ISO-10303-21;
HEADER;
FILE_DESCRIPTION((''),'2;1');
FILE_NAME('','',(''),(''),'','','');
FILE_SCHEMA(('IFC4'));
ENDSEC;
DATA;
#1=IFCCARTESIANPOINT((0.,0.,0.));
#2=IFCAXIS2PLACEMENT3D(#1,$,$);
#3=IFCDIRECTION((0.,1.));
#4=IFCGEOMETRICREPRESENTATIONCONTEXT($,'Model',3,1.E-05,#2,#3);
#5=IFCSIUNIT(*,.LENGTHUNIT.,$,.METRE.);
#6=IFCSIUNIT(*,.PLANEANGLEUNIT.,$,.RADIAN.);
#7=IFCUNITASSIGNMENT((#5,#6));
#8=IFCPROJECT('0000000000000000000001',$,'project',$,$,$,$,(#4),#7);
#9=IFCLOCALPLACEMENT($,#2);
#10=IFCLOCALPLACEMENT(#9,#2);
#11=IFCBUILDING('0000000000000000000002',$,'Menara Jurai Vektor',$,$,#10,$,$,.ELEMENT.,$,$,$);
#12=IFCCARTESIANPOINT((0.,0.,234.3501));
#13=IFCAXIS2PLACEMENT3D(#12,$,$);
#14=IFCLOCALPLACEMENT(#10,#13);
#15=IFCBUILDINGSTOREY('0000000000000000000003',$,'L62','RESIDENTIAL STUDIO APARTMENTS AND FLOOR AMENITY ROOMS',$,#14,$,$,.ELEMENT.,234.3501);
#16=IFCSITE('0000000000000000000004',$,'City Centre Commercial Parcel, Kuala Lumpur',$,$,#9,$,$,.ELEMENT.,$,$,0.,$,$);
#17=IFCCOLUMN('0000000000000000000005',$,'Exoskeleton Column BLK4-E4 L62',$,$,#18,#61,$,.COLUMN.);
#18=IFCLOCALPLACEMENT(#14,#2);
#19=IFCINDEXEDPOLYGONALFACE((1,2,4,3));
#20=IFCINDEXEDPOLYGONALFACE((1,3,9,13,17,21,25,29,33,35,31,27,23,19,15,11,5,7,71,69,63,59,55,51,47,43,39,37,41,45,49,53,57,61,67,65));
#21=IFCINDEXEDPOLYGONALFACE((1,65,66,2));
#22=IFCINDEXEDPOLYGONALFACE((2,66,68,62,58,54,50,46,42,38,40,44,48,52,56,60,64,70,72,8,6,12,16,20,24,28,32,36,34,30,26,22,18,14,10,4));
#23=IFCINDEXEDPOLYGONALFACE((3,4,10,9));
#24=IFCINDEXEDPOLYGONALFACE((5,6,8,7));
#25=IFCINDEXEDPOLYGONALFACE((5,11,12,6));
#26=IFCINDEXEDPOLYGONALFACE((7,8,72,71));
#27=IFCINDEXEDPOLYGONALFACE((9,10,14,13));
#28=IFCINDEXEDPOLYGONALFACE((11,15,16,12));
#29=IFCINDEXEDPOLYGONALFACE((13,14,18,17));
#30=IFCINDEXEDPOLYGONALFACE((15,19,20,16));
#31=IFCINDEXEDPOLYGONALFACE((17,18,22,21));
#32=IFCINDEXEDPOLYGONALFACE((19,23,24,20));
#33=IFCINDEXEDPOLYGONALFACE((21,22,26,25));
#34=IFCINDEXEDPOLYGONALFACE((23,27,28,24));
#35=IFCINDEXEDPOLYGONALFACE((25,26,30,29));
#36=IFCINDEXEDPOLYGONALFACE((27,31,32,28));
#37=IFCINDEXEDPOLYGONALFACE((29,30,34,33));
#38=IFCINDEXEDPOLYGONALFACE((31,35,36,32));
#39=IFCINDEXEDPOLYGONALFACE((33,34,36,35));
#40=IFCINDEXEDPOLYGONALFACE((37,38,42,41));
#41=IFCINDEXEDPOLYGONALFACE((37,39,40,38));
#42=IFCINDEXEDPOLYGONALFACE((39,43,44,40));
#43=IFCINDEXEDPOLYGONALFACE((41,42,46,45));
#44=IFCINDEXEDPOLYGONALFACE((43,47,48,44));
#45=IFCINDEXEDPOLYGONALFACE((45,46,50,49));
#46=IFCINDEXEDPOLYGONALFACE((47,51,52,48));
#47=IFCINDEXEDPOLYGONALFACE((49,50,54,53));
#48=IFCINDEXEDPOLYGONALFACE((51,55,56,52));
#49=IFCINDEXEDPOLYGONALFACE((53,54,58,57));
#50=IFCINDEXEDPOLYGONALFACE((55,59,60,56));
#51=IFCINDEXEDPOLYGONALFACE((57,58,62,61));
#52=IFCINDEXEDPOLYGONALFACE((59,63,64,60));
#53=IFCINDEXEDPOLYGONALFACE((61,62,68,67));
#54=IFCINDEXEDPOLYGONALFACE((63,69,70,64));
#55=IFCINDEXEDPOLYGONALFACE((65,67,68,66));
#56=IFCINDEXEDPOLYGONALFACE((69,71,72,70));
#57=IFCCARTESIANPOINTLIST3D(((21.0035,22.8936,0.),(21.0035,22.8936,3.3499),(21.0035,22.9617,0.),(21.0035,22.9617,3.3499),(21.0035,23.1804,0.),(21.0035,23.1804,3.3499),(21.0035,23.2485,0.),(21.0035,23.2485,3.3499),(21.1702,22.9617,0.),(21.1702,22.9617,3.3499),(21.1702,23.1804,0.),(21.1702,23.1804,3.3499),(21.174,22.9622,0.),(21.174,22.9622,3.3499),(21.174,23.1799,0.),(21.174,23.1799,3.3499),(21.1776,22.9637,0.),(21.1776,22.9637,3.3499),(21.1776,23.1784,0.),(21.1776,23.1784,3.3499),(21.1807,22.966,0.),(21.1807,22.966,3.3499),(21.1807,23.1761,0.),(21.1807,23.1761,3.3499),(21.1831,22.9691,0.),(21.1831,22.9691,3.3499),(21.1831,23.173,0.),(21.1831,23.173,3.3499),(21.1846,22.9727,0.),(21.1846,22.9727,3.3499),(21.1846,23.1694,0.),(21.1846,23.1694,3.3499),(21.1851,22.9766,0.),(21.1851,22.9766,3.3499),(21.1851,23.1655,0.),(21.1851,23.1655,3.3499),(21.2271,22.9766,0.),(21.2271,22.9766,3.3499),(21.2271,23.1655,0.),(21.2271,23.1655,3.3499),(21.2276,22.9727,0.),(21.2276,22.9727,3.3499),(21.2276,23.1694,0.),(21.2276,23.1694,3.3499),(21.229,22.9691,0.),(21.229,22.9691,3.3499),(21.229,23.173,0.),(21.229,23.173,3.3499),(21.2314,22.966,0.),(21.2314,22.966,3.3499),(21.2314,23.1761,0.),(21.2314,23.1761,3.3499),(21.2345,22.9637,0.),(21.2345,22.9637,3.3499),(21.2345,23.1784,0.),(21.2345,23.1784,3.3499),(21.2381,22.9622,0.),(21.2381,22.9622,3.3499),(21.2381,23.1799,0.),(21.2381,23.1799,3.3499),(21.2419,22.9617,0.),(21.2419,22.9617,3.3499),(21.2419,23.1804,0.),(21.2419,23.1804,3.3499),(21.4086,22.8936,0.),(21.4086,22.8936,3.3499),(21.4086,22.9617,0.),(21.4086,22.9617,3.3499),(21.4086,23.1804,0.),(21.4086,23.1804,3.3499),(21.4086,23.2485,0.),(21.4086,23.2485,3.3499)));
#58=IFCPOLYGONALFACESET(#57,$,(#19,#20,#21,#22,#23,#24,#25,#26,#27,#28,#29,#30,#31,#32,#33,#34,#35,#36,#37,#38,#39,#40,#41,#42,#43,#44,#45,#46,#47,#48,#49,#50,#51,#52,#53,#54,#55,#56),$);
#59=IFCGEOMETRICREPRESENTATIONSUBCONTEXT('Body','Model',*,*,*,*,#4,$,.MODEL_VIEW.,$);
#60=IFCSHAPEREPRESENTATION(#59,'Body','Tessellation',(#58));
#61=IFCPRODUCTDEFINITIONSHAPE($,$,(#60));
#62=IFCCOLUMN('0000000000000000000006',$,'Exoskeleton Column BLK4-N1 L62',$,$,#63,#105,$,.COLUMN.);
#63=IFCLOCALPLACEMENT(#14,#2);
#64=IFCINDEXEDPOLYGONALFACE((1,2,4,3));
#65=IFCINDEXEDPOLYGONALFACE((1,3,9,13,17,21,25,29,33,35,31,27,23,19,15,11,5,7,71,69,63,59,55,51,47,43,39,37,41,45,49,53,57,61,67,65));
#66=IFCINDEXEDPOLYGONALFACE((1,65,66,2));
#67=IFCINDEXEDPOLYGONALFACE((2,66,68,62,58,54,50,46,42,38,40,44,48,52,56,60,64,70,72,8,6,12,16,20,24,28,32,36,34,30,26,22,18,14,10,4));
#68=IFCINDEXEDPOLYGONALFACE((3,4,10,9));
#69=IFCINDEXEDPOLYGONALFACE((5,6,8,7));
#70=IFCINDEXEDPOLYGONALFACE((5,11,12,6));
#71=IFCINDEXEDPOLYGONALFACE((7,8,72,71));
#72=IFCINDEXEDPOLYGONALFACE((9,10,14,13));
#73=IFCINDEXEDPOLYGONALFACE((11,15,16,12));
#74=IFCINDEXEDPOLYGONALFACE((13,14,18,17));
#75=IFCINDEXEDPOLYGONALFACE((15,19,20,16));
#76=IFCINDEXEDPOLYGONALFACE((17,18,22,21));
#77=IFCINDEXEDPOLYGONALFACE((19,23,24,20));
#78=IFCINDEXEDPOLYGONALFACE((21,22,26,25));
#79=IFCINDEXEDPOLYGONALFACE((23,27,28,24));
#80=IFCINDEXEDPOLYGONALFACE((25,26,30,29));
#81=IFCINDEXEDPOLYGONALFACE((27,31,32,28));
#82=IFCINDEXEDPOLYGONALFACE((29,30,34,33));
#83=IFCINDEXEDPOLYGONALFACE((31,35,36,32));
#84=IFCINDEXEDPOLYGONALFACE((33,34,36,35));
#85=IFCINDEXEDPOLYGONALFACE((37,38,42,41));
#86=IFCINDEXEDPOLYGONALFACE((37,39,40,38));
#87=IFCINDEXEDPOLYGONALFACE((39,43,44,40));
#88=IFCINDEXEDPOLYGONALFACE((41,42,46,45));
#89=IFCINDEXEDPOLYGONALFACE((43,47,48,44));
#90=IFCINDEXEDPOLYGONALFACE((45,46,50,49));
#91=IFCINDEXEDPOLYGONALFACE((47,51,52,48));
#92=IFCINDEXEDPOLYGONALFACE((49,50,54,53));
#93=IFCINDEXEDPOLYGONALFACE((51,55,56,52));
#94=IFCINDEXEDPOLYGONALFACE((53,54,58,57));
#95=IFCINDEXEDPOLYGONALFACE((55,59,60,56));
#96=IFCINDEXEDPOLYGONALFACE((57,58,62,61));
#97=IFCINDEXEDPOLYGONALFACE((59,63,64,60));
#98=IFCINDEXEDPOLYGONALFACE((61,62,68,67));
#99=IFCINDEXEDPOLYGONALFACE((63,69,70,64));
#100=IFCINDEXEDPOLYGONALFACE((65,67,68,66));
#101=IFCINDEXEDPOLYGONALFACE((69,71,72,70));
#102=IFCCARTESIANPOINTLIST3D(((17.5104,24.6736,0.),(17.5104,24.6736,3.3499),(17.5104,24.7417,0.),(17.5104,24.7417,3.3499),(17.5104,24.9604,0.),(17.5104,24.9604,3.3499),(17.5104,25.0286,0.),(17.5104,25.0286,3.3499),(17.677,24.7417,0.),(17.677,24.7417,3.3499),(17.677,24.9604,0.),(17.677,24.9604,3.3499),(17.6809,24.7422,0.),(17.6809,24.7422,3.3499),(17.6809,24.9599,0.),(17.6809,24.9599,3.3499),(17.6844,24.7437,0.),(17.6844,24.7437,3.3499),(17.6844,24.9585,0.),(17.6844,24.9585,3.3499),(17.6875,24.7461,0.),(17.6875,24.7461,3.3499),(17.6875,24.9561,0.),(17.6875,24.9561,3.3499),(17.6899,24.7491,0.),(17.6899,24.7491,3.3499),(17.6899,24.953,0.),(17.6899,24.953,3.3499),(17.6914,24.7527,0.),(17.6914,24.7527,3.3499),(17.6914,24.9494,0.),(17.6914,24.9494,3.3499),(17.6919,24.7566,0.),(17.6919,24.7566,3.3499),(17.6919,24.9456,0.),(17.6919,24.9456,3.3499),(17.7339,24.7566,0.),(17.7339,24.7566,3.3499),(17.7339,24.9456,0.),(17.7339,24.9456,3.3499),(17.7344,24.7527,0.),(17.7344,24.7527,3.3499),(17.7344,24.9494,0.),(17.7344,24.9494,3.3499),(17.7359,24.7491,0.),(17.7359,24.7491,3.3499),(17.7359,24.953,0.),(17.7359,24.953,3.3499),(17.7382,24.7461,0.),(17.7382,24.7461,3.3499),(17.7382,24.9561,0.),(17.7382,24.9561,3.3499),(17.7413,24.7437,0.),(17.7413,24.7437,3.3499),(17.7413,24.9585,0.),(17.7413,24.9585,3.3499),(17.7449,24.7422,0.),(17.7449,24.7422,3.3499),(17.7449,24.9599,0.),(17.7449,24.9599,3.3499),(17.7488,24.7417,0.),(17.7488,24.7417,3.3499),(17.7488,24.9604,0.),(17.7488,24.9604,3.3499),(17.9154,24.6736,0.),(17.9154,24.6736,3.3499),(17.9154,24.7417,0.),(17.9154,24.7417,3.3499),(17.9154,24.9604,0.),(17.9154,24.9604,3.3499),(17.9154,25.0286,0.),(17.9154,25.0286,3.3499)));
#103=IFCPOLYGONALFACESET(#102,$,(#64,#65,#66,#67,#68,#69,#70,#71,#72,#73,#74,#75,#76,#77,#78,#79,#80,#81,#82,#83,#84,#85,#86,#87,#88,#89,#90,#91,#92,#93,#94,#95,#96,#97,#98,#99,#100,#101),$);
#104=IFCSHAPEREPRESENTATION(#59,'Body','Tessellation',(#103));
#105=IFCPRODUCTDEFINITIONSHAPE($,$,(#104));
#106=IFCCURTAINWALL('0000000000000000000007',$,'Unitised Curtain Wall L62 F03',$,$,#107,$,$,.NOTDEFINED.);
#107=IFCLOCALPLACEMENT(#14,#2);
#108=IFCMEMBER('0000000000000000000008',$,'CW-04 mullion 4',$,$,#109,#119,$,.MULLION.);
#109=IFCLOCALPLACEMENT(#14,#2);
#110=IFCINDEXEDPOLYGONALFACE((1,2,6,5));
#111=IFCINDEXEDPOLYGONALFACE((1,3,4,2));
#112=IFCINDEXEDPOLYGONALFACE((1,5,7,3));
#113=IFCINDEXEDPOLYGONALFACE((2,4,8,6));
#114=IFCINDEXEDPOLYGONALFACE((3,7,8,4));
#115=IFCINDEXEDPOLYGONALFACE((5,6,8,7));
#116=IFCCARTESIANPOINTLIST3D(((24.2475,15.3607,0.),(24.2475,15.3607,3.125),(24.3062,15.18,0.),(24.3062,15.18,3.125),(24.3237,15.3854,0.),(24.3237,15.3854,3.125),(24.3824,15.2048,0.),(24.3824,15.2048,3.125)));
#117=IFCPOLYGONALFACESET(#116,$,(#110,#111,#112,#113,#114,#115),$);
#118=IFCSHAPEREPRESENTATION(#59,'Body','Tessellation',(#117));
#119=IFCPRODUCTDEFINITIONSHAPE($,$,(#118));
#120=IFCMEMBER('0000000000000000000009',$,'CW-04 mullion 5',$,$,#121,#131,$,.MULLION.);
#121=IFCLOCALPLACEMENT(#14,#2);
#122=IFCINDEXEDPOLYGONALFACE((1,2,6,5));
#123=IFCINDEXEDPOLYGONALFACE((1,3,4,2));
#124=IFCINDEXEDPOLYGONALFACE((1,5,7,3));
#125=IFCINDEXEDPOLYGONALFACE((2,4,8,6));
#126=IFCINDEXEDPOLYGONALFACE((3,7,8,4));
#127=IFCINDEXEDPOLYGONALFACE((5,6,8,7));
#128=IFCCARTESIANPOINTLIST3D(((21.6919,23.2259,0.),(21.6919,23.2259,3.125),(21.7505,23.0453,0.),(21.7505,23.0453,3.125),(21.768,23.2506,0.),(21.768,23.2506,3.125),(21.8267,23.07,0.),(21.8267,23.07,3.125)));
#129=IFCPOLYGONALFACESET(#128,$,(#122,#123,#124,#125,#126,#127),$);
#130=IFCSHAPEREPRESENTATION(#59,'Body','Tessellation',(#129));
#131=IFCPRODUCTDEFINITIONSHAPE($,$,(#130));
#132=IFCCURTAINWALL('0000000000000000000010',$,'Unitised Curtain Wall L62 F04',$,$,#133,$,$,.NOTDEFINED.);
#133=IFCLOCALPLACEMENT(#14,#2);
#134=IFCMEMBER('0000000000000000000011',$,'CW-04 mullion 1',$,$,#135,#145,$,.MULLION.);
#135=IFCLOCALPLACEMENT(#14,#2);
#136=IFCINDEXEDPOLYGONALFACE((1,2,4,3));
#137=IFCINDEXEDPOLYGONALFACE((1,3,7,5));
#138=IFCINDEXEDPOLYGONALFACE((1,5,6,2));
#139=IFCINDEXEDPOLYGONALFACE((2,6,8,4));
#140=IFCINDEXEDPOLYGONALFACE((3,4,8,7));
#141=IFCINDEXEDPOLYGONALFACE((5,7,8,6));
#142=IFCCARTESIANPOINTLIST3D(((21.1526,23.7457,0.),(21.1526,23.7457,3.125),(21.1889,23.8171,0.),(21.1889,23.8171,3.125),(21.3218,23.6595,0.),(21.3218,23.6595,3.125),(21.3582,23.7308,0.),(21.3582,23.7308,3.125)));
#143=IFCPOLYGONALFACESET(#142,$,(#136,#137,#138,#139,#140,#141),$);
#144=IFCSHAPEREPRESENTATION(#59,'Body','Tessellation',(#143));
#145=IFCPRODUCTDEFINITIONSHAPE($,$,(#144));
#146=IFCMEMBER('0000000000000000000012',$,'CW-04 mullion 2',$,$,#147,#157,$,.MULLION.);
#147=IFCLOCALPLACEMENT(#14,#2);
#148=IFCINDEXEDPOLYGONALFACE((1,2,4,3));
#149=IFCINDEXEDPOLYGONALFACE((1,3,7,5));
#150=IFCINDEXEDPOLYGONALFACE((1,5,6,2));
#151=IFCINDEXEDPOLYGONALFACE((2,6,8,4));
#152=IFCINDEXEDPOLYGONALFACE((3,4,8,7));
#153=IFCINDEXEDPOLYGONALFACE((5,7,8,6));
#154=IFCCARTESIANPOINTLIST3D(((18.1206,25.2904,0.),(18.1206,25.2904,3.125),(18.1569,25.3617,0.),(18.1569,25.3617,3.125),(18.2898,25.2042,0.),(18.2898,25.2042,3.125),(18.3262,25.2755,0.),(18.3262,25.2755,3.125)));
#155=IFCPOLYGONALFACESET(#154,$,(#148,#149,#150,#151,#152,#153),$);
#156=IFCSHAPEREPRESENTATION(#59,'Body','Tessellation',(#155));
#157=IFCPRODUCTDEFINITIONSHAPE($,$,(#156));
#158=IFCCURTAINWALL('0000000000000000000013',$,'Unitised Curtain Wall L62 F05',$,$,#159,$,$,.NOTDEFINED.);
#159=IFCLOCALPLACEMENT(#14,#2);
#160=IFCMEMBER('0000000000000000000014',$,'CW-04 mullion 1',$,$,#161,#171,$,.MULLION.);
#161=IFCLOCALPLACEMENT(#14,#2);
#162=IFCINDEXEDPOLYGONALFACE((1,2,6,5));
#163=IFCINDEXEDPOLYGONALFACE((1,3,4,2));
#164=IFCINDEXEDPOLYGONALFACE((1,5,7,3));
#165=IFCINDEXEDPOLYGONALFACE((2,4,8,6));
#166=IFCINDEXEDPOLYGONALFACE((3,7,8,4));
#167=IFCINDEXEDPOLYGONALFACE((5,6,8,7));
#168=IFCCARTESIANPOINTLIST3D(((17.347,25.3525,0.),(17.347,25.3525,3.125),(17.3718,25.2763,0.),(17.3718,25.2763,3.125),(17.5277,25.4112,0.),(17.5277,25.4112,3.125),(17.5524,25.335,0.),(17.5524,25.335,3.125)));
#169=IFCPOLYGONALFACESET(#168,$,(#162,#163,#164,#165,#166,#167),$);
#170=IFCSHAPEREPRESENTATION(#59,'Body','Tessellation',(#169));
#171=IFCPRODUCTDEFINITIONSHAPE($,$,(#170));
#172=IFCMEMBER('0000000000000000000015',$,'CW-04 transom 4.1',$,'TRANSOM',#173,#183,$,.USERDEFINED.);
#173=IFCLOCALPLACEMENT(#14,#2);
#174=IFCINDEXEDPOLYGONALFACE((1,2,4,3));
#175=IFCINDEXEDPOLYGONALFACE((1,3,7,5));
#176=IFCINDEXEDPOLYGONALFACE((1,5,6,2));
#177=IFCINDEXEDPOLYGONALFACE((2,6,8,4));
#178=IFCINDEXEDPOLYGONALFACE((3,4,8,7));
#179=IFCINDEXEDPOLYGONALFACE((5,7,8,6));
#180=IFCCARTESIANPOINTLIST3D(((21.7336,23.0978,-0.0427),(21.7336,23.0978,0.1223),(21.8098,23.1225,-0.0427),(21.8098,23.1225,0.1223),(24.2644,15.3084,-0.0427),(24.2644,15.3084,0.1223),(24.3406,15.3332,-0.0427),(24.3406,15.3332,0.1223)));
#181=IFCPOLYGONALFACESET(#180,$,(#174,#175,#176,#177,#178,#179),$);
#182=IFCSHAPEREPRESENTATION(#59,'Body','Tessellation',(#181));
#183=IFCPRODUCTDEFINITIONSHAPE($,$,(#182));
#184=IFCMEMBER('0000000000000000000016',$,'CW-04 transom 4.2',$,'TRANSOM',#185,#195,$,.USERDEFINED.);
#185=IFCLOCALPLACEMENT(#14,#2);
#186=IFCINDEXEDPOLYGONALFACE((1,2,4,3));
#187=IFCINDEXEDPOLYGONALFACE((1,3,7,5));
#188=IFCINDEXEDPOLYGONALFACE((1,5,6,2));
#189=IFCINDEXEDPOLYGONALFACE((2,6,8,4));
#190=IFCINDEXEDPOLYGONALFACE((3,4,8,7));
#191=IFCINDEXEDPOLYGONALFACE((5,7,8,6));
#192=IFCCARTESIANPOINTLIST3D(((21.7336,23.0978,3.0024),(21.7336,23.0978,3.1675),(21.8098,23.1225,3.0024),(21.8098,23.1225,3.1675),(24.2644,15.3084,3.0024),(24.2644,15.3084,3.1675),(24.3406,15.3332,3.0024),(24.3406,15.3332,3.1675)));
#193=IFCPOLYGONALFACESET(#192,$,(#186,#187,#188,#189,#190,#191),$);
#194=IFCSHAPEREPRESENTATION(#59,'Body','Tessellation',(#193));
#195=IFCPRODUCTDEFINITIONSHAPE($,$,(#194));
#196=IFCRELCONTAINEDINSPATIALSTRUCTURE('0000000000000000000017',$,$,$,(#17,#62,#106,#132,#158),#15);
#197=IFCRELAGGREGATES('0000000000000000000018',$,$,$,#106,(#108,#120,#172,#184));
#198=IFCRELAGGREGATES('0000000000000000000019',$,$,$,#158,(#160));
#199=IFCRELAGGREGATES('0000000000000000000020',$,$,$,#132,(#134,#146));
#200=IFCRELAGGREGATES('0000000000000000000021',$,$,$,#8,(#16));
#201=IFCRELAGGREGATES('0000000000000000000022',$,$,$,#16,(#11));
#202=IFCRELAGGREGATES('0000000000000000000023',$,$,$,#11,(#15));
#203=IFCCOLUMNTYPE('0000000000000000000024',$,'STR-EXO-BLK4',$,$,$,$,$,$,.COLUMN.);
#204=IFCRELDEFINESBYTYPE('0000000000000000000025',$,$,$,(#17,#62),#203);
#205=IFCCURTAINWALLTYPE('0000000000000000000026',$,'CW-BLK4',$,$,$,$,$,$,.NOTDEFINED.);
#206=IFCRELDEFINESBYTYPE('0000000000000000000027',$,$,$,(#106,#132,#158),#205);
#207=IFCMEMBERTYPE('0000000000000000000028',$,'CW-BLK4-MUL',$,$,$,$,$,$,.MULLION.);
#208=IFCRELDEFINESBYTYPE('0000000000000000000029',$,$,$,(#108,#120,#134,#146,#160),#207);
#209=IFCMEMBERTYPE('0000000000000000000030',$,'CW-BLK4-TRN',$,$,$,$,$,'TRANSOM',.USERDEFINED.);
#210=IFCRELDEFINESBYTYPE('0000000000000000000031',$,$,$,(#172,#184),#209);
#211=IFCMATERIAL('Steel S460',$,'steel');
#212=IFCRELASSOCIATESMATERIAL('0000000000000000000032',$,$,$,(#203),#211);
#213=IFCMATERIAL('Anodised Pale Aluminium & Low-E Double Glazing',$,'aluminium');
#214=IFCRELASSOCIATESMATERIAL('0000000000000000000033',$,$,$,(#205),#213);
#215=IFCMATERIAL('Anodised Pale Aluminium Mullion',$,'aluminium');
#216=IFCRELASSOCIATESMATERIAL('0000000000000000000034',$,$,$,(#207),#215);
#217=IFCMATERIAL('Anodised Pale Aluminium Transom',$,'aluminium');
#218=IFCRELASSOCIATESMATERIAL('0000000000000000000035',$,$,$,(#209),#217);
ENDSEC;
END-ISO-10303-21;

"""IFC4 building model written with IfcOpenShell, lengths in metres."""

from ifc_helpers import new_model, si_unit, direction, frame, origin, origin_2d, place, context, subcontext, project, spatial, rectangle, i_section, extrude, material, material_profile, profile_set, type_object, element, aggregate, save


model = new_model("IFC4")

# Units and contexts
model_context = context("Model", 3, precision=1e-05, world=origin(), true_north=direction((0.0, 1.0)))
body_context = subcontext(model_context, "Body", "Model", "MODEL_VIEW")
ifc_project = project(units=[si_unit("LENGTHUNIT", "METRE"), si_unit("PLANEANGLEUNIT", "RADIAN")], contexts=[model_context])

# Site, building, storey
site_placement = place(None, origin())
site = spatial("IfcSite", under=ifc_project, at=site_placement, Name="City Centre Commercial Parcel, Kuala Lumpur", CompositionType="ELEMENT", RefElevation=0.0)
building_placement = place(site_placement, origin())
building = spatial("IfcBuilding", under=site, at=building_placement, Name="Menara Jurai Vektor", CompositionType="ELEMENT")
storey_placement = place(building_placement, frame((0.0, 0.0, 234.3501)))
storey = spatial("IfcBuildingStorey", under=building, at=storey_placement, Name="L62", Description="RESIDENTIAL STUDIO APARTMENTS AND FLOOR AMENITY ROOMS", CompositionType="ELEMENT", Elevation=234.3501)

# Columns
ifc_material_1 = material(Name="Steel S460", Category="steel")
ifc_material_profile_1 = material_profile(ifc_material_1, i_section(OverallWidth=0.405, OverallDepth=0.355, WebThickness=0.042, FlangeThickness=0.0681, FilletRadius=0.0149, at=origin_2d()), Name="HD 400x551")
ifc_profile_set_1 = profile_set([ifc_material_profile_1], Name="Steel S460")
column_type = type_object("IfcColumnType", Name="STR-EXO-BLK4", PredefinedType="COLUMN", material=ifc_profile_set_1)
for number, where, z_axis, x_axis, name in (
    (1, (21.2061, 23.071, 0.0), (0.0, 0.0, 1.0), (1.0, 0.0, 0.0), "Exoskeleton Column BLK4-E4 L62"),
    (2, (17.7129, 24.8511, 0.0), (0.0, 0.0, 1.0), (1.0, 0.0, 0.0), "Exoskeleton Column BLK4-N1 L62"),
):
    element("IfcColumn", number, at=place(storey_placement, frame(where, z_axis=z_axis, x_axis=x_axis)), inside=storey, type_object=column_type, Name=name, PredefinedType="COLUMN", context=body_context, shape_type="SweptSolid", body=[
        extrude(i_section(OverallWidth=0.405, OverallDepth=0.355, WebThickness=0.042, FlangeThickness=0.0681, FilletRadius=0.0149, at=origin_2d()), origin(), (0.0, 0.0, 1.0), 3.3499),
    ])

# Curtain walls, members
ifc_material_2 = material(Name="Anodised Pale Aluminium & Low-E Double Glazing", Category="aluminium")
curtain_wall_type = type_object("IfcCurtainWallType", Name="CW-BLK4", PredefinedType="NOTDEFINED", material=ifc_material_2)
curtain_wall_1_placement = place(storey_placement, origin())
curtain_wall_1 = element("IfcCurtainWall", 3, at=curtain_wall_1_placement, inside=storey, type_object=curtain_wall_type, Name="Unitised Curtain Wall L62 F03", PredefinedType="NOTDEFINED")
ifc_material_3 = material(Name="Anodised Pale Aluminium Mullion", Category="aluminium")
ifc_material_profile_2 = material_profile(ifc_material_3, rectangle(XDim=0.0801, YDim=0.1899, at=origin_2d()), Name="ALU MUL 80x190")
ifc_profile_set_2 = profile_set([ifc_material_profile_2], Name="Anodised Pale Aluminium Mullion")
member_type_1 = type_object("IfcMemberType", Name="CW-BLK4-MUL", PredefinedType="MULLION", material=ifc_profile_set_2)
member_1_placement = place(storey_placement, frame((24.3149, 15.2827, 0.0), z_axis=(0.0, 0.0, 1.0), x_axis=(-0.951057, -0.309016, 0.0)))
member_1 = element("IfcMember", 4, at=member_1_placement, type_object=member_type_1, Name="CW-04 mullion 4", PredefinedType="MULLION", context=body_context, shape_type="SweptSolid", body=[
    extrude(rectangle(XDim=0.0801, YDim=0.1899, at=origin_2d()), origin(), (0.0, 0.0, 1.0), 3.125),
])
member_2_placement = place(storey_placement, frame((21.7593, 23.1479, 0.0), z_axis=(0.0, 0.0, 1.0), x_axis=(-0.951057, -0.309016, 0.0)))
member_2 = element("IfcMember", 5, at=member_2_placement, type_object=member_type_1, Name="CW-04 mullion 5", PredefinedType="MULLION", context=body_context, shape_type="SweptSolid", body=[
    extrude(rectangle(XDim=0.0801, YDim=0.1899, at=origin_2d()), origin(), (0.0, 0.0, 1.0), 3.125),
])
curtain_wall_2_placement = place(storey_placement, origin())
curtain_wall_2 = element("IfcCurtainWall", 6, at=curtain_wall_2_placement, inside=storey, type_object=curtain_wall_type, Name="Unitised Curtain Wall L62 F04", PredefinedType="NOTDEFINED")
member_3_placement = place(storey_placement, frame((21.2554, 23.7383, 0.0), z_axis=(0.0, 0.0, 1.0), x_axis=(-0.453989, -0.891008, 0.0)))
member_3 = element("IfcMember", 7, at=member_3_placement, type_object=member_type_1, Name="CW-04 mullion 1", PredefinedType="MULLION", context=body_context, shape_type="SweptSolid", body=[
    extrude(rectangle(XDim=0.0801, YDim=0.1899, at=origin_2d()), origin(), (0.0, 0.0, 1.0), 3.125),
])
member_4_placement = place(storey_placement, frame((18.2234, 25.283, 0.0), z_axis=(0.0, 0.0, 1.0), x_axis=(-0.453989, -0.891008, 0.0)))
member_4 = element("IfcMember", 8, at=member_4_placement, type_object=member_type_1, Name="CW-04 mullion 2", PredefinedType="MULLION", context=body_context, shape_type="SweptSolid", body=[
    extrude(rectangle(XDim=0.0801, YDim=0.1899, at=origin_2d()), origin(), (0.0, 0.0, 1.0), 3.125),
])

# Curtain wall, member
curtain_wall_3_placement = place(storey_placement, origin())
curtain_wall_3 = element("IfcCurtainWall", 9, at=curtain_wall_3_placement, inside=storey, type_object=curtain_wall_type, Name="Unitised Curtain Wall L62 F05", PredefinedType="NOTDEFINED")
member_5_placement = place(storey_placement, frame((17.4497, 25.3438, 0.0), z_axis=(0.0, 0.0, 1.0), x_axis=(0.309017, -0.951056, 0.0)))
member_5 = element("IfcMember", 10, at=member_5_placement, type_object=member_type_1, Name="CW-04 mullion 1", PredefinedType="MULLION", context=body_context, shape_type="SweptSolid", body=[
    extrude(rectangle(XDim=0.0801, YDim=0.1899, at=origin_2d()), origin(), (0.0, 0.0, 1.0), 3.125),
])

# Members
ifc_material_4 = material(Name="Anodised Pale Aluminium Transom", Category="aluminium")
ifc_material_profile_3 = material_profile(ifc_material_4, rectangle(XDim=0.0801, YDim=0.165, at=origin_2d()), Name="ALU TRN 80x165")
ifc_profile_set_3 = profile_set([ifc_material_profile_3], Name="Anodised Pale Aluminium Transom")
member_type_2 = type_object("IfcMemberType", Name="CW-BLK4-TRN", ElementType="TRANSOM", PredefinedType="USERDEFINED", material=ifc_profile_set_3)
member_6_placement = place(storey_placement, frame((24.3025, 15.3208, 0.0398), z_axis=(-0.309002, 0.951061, 0.0), x_axis=(-0.951061, -0.309002, 0.0)))
member_6 = element("IfcMember", 11, at=member_6_placement, type_object=member_type_2, Name="CW-04 transom 4.1", ObjectType="TRANSOM", PredefinedType="USERDEFINED", context=body_context, shape_type="SweptSolid", body=[
    extrude(rectangle(XDim=0.0801, YDim=0.165, at=origin_2d()), origin(), (0.0, 0.0, 1.0), 8.1902),
])
member_7_placement = place(storey_placement, frame((24.3025, 15.3208, 3.085), z_axis=(-0.309002, 0.951061, 0.0), x_axis=(-0.951061, -0.309002, 0.0)))
member_7 = element("IfcMember", 12, at=member_7_placement, type_object=member_type_2, Name="CW-04 transom 4.2", ObjectType="TRANSOM", PredefinedType="USERDEFINED", context=body_context, shape_type="SweptSolid", body=[
    extrude(rectangle(XDim=0.0801, YDim=0.165, at=origin_2d()), origin(), (0.0, 0.0, 1.0), 8.1902),
])

aggregate(curtain_wall_1, [member_1, member_2, member_6, member_7])
aggregate(curtain_wall_3, [member_5])
aggregate(curtain_wall_2, [member_3, member_4])

save(model, "model.ifc")
